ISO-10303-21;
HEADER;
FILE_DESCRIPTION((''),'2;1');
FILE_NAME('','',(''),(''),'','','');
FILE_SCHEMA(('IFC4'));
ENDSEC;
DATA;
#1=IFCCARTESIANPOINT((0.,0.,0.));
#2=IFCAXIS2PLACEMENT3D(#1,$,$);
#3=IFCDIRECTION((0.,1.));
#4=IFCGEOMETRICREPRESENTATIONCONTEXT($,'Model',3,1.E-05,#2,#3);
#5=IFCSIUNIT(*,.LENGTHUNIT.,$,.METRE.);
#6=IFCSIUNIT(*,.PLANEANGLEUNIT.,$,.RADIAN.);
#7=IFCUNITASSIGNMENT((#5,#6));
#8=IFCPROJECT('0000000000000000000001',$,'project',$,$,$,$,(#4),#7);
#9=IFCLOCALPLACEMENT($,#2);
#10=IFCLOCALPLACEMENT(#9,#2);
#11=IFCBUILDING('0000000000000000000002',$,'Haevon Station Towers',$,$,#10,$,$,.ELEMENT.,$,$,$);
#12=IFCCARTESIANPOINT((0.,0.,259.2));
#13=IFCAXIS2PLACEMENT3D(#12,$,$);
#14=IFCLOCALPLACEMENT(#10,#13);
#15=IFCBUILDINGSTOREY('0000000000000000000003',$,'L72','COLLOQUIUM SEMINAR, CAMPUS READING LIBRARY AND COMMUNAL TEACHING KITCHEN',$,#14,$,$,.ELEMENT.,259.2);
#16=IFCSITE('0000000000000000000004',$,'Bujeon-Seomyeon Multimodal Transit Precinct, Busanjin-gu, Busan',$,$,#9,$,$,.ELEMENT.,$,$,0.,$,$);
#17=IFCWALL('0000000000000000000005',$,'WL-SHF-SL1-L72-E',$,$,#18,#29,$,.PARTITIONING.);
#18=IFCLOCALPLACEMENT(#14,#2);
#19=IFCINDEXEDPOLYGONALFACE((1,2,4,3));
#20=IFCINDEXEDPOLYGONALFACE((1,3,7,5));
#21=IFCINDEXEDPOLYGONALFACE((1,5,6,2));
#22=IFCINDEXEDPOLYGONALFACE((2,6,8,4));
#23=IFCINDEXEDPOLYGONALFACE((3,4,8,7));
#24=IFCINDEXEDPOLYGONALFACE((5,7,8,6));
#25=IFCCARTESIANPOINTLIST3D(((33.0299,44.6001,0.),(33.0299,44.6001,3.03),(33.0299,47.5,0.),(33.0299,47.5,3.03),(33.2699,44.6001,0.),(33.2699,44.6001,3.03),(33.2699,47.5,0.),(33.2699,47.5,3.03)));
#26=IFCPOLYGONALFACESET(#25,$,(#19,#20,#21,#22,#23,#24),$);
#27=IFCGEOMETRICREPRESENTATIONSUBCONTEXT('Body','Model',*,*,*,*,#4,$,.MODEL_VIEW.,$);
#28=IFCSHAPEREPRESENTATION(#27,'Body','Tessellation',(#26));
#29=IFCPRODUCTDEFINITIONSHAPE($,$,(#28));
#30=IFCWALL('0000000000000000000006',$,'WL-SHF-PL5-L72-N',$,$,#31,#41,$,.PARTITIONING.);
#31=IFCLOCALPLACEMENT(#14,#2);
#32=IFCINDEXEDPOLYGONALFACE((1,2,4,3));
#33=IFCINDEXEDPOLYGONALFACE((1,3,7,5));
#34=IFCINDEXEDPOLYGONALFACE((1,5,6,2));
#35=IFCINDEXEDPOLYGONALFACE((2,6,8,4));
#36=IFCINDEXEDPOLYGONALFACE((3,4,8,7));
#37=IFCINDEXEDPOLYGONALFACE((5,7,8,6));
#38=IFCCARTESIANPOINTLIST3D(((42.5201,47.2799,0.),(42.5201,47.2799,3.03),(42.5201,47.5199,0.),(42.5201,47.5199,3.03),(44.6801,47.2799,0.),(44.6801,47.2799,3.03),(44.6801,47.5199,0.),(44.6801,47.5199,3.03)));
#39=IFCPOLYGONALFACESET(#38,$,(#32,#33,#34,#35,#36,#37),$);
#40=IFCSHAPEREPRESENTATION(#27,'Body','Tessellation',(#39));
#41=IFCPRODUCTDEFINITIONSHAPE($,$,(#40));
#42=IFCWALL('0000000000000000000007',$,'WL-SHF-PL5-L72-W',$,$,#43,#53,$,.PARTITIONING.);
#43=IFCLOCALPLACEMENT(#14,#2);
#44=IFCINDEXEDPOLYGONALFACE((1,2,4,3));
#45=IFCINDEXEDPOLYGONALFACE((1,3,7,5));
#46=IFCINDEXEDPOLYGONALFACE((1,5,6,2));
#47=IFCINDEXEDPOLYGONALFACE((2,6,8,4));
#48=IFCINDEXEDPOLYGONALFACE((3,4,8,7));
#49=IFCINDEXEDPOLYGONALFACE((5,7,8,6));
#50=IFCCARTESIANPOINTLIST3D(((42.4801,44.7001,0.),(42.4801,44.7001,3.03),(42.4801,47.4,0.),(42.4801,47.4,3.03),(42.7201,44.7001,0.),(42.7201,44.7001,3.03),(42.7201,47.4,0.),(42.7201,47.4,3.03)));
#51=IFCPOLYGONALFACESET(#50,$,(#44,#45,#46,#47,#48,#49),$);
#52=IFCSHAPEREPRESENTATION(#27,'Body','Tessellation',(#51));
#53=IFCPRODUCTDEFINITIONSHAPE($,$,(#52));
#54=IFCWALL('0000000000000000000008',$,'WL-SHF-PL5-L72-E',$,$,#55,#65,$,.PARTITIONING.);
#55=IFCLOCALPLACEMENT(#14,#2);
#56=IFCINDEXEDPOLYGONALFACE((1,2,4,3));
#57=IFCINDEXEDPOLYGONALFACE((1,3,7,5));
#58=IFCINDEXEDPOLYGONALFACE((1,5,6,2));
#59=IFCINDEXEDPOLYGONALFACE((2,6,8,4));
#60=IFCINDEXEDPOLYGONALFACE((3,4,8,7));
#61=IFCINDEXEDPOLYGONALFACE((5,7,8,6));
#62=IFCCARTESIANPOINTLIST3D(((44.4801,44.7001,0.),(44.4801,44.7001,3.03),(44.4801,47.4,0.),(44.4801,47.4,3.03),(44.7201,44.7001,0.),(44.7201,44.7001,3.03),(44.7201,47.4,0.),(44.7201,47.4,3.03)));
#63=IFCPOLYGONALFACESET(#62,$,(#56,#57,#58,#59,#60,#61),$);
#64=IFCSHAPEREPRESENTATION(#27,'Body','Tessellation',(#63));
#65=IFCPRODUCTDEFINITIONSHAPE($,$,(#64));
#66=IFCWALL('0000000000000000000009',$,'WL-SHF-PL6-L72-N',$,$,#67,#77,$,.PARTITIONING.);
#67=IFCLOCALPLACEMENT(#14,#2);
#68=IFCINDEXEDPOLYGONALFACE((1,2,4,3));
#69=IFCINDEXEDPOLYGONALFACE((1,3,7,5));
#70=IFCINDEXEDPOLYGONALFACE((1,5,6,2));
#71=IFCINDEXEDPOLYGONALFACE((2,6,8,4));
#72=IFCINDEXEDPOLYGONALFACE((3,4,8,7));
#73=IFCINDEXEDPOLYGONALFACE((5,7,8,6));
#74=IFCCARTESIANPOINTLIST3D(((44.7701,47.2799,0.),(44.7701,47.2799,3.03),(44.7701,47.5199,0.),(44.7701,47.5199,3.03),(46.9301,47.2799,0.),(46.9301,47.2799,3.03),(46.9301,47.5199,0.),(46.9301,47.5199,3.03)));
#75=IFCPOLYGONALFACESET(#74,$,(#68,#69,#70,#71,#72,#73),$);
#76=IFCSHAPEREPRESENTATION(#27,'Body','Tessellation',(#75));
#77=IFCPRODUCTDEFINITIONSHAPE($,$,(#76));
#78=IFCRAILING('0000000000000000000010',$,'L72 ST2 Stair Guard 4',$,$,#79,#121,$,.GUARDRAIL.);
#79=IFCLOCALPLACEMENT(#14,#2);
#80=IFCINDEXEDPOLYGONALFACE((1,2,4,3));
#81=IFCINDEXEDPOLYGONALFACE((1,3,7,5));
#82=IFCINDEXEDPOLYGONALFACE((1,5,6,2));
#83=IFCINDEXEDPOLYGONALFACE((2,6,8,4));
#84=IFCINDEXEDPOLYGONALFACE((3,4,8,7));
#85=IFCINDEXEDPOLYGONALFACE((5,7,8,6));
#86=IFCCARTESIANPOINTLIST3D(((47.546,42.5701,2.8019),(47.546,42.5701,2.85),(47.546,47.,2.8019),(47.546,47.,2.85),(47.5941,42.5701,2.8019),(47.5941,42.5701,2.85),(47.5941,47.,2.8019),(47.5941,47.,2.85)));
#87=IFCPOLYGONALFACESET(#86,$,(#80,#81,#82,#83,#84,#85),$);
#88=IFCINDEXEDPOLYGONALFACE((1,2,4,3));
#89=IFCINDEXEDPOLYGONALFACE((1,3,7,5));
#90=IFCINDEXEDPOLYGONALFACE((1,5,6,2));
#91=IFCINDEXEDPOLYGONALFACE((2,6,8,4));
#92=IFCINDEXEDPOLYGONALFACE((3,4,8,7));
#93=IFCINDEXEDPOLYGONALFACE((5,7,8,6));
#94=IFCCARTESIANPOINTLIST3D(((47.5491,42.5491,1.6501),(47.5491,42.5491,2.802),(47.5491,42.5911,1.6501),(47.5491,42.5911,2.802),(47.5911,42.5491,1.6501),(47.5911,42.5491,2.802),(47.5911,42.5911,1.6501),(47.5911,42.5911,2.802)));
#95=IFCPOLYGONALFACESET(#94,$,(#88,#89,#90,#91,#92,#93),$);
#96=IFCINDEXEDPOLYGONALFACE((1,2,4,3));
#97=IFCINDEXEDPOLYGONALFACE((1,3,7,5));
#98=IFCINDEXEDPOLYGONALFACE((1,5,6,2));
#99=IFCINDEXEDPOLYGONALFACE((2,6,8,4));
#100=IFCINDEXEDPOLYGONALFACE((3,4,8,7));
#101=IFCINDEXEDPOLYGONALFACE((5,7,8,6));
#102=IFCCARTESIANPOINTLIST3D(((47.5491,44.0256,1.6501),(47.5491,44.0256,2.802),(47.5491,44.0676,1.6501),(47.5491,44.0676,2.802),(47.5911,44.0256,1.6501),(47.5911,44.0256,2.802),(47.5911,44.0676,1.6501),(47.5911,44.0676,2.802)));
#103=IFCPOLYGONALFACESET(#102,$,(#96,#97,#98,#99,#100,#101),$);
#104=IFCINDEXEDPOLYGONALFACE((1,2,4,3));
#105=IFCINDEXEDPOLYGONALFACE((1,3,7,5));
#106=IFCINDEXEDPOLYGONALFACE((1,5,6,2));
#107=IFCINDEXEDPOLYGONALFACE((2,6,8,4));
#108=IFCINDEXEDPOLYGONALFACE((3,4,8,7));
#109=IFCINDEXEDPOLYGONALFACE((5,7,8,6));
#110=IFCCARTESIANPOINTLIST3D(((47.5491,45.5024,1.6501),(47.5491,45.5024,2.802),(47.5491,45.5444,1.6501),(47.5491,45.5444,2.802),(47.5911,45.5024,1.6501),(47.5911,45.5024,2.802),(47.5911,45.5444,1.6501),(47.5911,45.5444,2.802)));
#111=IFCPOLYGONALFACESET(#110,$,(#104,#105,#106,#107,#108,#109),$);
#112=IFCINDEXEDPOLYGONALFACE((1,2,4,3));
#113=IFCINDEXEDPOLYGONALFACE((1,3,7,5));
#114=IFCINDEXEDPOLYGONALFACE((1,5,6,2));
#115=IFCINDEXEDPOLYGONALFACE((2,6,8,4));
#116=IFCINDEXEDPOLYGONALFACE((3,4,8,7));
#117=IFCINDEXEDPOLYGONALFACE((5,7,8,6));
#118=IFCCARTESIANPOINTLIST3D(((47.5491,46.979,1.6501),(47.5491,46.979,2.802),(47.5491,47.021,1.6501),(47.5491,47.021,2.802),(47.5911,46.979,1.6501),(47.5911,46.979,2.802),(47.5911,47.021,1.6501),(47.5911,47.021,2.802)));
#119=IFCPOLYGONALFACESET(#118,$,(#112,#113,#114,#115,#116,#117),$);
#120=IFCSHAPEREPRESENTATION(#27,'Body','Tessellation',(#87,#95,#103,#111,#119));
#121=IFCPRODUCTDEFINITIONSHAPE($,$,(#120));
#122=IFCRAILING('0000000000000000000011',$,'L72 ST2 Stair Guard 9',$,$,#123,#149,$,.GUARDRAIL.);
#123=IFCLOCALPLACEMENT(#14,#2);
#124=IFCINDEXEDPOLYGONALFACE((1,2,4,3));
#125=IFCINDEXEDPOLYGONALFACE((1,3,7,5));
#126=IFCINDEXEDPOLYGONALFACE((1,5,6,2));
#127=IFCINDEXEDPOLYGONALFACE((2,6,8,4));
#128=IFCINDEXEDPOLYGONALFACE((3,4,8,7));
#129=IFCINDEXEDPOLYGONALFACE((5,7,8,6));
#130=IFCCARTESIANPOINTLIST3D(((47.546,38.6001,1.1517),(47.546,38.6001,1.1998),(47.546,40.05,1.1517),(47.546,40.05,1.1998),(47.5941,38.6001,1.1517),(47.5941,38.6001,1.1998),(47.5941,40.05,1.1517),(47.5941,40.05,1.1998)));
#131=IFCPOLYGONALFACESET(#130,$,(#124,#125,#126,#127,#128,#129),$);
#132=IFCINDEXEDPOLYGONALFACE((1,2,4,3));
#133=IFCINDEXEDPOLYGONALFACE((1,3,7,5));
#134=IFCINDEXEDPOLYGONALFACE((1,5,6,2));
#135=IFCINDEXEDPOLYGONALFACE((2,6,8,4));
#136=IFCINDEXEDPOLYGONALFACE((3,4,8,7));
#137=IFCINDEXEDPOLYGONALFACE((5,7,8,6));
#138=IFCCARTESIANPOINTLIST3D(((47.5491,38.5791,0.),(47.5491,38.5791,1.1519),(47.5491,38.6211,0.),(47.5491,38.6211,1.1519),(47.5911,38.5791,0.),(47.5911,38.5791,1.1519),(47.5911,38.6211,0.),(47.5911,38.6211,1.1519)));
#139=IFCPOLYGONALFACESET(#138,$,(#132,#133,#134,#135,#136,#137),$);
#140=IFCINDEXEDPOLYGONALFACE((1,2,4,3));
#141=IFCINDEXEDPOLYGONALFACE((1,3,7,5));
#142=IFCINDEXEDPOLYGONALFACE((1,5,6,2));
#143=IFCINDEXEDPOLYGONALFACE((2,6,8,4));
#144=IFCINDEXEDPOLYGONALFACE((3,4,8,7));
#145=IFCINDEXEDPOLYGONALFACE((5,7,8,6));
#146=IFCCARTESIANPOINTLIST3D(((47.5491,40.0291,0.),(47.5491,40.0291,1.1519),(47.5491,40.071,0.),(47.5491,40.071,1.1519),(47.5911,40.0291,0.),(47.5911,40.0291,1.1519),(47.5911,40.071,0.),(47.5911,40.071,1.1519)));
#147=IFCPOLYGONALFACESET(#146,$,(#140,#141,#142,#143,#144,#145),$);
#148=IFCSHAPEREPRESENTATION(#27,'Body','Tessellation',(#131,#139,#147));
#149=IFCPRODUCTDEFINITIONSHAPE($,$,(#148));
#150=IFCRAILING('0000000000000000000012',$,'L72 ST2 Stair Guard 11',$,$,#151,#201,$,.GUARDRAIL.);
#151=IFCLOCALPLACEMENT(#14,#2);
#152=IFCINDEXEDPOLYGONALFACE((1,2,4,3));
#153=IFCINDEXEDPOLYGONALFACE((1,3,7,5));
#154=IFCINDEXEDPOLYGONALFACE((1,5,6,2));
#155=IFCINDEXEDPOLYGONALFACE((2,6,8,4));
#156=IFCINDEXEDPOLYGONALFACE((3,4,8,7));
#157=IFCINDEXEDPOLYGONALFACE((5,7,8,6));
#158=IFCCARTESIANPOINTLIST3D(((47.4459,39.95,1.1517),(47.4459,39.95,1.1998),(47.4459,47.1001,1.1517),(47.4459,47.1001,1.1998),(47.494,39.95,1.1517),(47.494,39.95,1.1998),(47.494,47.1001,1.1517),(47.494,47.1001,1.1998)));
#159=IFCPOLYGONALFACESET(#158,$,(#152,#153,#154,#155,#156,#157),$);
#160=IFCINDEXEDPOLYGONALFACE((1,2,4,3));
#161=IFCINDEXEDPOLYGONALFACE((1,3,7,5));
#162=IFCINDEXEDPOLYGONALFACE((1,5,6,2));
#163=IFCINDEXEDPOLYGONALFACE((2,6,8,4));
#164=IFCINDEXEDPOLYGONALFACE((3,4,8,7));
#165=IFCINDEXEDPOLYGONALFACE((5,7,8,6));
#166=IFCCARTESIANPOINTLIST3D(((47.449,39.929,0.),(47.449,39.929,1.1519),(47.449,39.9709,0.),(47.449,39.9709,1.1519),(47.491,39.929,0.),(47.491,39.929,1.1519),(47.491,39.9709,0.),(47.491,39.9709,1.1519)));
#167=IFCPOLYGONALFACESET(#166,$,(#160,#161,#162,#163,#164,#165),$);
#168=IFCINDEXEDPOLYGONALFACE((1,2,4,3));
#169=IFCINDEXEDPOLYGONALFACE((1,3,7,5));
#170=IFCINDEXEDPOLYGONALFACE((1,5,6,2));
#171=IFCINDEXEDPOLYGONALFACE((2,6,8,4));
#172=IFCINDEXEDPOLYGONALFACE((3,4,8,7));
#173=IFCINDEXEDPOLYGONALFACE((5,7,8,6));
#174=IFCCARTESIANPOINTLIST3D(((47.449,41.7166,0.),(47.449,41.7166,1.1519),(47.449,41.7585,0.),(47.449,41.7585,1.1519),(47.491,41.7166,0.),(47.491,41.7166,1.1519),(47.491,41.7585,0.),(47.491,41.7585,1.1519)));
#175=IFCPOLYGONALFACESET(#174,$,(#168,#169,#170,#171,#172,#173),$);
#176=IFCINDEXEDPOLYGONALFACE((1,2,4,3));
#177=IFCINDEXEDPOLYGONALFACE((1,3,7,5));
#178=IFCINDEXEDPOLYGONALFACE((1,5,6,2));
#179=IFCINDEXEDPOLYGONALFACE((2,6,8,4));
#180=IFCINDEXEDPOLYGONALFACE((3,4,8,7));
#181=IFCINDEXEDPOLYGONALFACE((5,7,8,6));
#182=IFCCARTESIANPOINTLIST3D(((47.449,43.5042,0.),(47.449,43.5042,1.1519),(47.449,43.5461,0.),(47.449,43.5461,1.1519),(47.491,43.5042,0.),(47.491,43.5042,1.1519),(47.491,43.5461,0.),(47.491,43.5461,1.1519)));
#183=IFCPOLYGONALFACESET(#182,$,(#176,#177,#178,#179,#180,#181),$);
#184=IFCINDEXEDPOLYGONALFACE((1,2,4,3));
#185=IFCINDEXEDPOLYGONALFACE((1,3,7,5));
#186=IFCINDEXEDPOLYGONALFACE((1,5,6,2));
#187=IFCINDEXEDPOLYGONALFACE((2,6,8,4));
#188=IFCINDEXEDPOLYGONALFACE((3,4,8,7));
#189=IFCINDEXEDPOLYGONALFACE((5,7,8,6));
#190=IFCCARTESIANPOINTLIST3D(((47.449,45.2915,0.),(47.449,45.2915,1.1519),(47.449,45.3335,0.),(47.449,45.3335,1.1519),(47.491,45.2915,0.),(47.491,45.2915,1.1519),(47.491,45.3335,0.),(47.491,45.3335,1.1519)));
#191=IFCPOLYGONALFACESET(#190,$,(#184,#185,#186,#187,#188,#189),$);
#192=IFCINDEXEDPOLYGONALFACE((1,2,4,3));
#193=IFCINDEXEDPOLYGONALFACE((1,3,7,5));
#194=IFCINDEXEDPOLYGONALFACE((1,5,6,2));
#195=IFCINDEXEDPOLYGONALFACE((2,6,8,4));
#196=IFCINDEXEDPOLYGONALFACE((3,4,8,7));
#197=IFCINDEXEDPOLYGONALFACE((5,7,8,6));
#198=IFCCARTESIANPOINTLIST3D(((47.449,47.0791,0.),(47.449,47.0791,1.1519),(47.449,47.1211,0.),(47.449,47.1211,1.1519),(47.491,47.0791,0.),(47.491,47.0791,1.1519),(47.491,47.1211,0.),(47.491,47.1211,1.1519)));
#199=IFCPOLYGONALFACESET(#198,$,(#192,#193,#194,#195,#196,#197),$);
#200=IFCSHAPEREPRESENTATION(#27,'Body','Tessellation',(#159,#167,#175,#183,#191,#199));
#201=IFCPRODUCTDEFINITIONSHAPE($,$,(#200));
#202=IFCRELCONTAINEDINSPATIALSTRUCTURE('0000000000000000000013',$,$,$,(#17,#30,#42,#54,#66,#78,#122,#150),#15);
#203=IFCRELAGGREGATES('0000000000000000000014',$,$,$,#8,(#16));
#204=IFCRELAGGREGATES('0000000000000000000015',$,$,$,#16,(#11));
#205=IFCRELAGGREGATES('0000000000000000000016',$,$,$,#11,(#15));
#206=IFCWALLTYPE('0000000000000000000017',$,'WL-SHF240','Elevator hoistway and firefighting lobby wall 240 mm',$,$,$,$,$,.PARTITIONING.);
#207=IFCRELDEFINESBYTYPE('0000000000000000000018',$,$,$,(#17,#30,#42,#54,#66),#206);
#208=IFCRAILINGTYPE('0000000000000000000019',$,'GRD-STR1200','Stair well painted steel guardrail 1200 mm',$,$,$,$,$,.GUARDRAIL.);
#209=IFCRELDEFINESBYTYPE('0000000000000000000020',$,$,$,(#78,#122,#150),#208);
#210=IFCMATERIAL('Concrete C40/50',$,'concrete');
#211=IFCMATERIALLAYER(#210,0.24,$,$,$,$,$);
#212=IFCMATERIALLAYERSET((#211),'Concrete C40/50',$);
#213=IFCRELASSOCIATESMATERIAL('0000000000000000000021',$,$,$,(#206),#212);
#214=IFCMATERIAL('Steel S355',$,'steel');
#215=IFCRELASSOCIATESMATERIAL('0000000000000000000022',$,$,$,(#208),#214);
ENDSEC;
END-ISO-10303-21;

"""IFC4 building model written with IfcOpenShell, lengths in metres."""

from ifc_helpers import new_model, si_unit, direction, frame, frame_2d, origin, origin_2d, place, context, subcontext, project, spatial, rectangle, extrude, material, layer, layer_set, type_object, element, save


model = new_model("IFC4")

# Units and contexts
model_context = context("Model", 3, precision=1e-05, world=origin(), true_north=direction((0.0, 1.0)))
body_context = subcontext(model_context, "Body", "Model", "MODEL_VIEW")
ifc_project = project(units=[si_unit("LENGTHUNIT", "METRE"), si_unit("PLANEANGLEUNIT", "RADIAN")], contexts=[model_context])

# Site, building, storey
site_placement = place(None, origin())
site = spatial("IfcSite", under=ifc_project, at=site_placement, Name="Bujeon-Seomyeon Multimodal Transit Precinct, Busanjin-gu, Busan", CompositionType="ELEMENT", RefElevation=0.0)
building_placement = place(site_placement, origin())
building = spatial("IfcBuilding", under=site, at=building_placement, Name="Haevon Station Towers", CompositionType="ELEMENT")
storey_placement = place(building_placement, frame((0.0, 0.0, 259.2)))
storey = spatial("IfcBuildingStorey", under=building, at=storey_placement, Name="L72", Description="COLLOQUIUM SEMINAR, CAMPUS READING LIBRARY AND COMMUNAL TEACHING KITCHEN", CompositionType="ELEMENT", Elevation=259.2)

# Shared definitions
ifc_material_1 = material(Name="Steel S355", Category="steel")

# Wall
ifc_material_2 = material(Name="Concrete C40/50", Category="concrete")
ifc_layer_1 = layer(ifc_material_2, 0.24)
ifc_layer_set_1 = layer_set([ifc_layer_1], Name="Concrete C40/50")
wall_type_1 = type_object("IfcWallType", Name="WL-SHF240", Description="Elevator hoistway and firefighting lobby wall 240 mm", PredefinedType="PARTITIONING", material=ifc_layer_set_1)
for number, where, z_axis, x_axis, name in (
    (1, (33.1499, 44.6001, 0.0), (0.0, 0.0, 1.0), (0.0, 1.0, 0.0), "WL-SHF-SL1-L72-E"),
):
    element("IfcWall", number, at=place(storey_placement, frame(where, z_axis=z_axis, x_axis=x_axis)), inside=storey, type_object=wall_type_1, Name=name, PredefinedType="PARTITIONING", context=body_context, shape_type="SweptSolid", body=[
        extrude(rectangle(XDim=2.8999, YDim=0.24, at=frame_2d((1.45, 0.0))), origin(), (0.0, 0.0, 1.0), 3.03),
    ])

# Walls
wall_1_placement = place(storey_placement, frame((42.52, 47.3999, 0.0), z_axis=(0.0, 0.0, 1.0), x_axis=(1.0, 0.0, 0.0)))
element("IfcWall", 2, at=wall_1_placement, inside=storey, type_object=wall_type_1, Name="WL-SHF-PL5-L72-N", PredefinedType="PARTITIONING", context=body_context, shape_type="SweptSolid", body=[
    extrude(rectangle(XDim=2.1599, YDim=0.24, at=frame_2d((1.0801, 0.0))), origin(), (0.0, 0.0, 1.0), 3.03),
])
for number, where, z_axis, x_axis, name in (
    (3, (42.6001, 44.7, 0.0), (0.0, 0.0, 1.0), (0.0, 1.0, 0.0), "WL-SHF-PL5-L72-W"),
    (4, (44.6001, 44.7, 0.0), (0.0, 0.0, 1.0), (0.0, 1.0, 0.0), "WL-SHF-PL5-L72-E"),
):
    element("IfcWall", number, at=place(storey_placement, frame(where, z_axis=z_axis, x_axis=x_axis)), inside=storey, type_object=wall_type_1, Name=name, PredefinedType="PARTITIONING", context=body_context, shape_type="SweptSolid", body=[
        extrude(rectangle(XDim=2.7, YDim=0.24, at=frame_2d((1.3501, 0.0))), origin(), (0.0, 0.0, 1.0), 3.03),
    ])

# Wall
wall_2_placement = place(storey_placement, frame((44.77, 47.3999, 0.0), z_axis=(0.0, 0.0, 1.0), x_axis=(1.0, 0.0, 0.0)))
element("IfcWall", 5, at=wall_2_placement, inside=storey, type_object=wall_type_1, Name="WL-SHF-PL6-L72-N", PredefinedType="PARTITIONING", context=body_context, shape_type="SweptSolid", body=[
    extrude(rectangle(XDim=2.1599, YDim=0.24, at=frame_2d((1.0801, 0.0))), origin(), (0.0, 0.0, 1.0), 3.03),
])

# Railings
railing_type_1 = type_object("IfcRailingType", Name="GRD-STR1200", Description="Stair well painted steel guardrail 1200 mm", PredefinedType="GUARDRAIL", material=ifc_material_1)
railing_1_placement = place(storey_placement, frame((47.5701, 42.5701, 1.6501)))
element("IfcRailing", 6, at=railing_1_placement, inside=storey, type_object=railing_type_1, Name="L72 ST2 Stair Guard 4", PredefinedType="GUARDRAIL", context=body_context, shape_type="SweptSolid", body=[
    extrude(rectangle(XDim=0.0481, YDim=0.0481, at=origin_2d()), frame((0.0, 0.0, 1.1758), z_axis=(0.0, 1.0, 0.0), x_axis=(-1.0, 0.0, 0.0)), (0.0, 0.0, 1.0), 4.4299),
    extrude(rectangle(XDim=0.042, YDim=0.042, at=origin_2d()), origin(), (0.0, 0.0, 1.0), 1.1519),
    extrude(rectangle(XDim=0.042, YDim=0.042, at=origin_2d()), frame((0.0, 1.4766, 0.0)), (0.0, 0.0, 1.0), 1.1519),
    extrude(rectangle(XDim=0.042, YDim=0.042, at=origin_2d()), frame((0.0, 2.9534, 0.0)), (0.0, 0.0, 1.0), 1.1519),
    extrude(rectangle(XDim=0.042, YDim=0.042, at=origin_2d()), frame((0.0, 4.4299, 0.0)), (0.0, 0.0, 1.0), 1.1519),
])
railing_2_placement = place(storey_placement, frame((47.5701, 38.6001, 0.0)))
element("IfcRailing", 7, at=railing_2_placement, inside=storey, type_object=railing_type_1, Name="L72 ST2 Stair Guard 9", PredefinedType="GUARDRAIL", context=body_context, shape_type="SweptSolid", body=[
    extrude(rectangle(XDim=0.0481, YDim=0.0481, at=origin_2d()), frame((0.0, 0.0, 1.1758), z_axis=(0.0, 1.0, 0.0), x_axis=(-1.0, 0.0, 0.0)), (0.0, 0.0, 1.0), 1.45),
    extrude(rectangle(XDim=0.042, YDim=0.042, at=origin_2d()), origin(), (0.0, 0.0, 1.0), 1.1519),
    extrude(rectangle(XDim=0.042, YDim=0.042, at=origin_2d()), frame((0.0, 1.45, 0.0)), (0.0, 0.0, 1.0), 1.1519),
])
railing_3_placement = place(storey_placement, frame((47.47, 39.95, 0.0)))
element("IfcRailing", 8, at=railing_3_placement, inside=storey, type_object=railing_type_1, Name="L72 ST2 Stair Guard 11", PredefinedType="GUARDRAIL", context=body_context, shape_type="SweptSolid", body=[
    extrude(rectangle(XDim=0.0481, YDim=0.0481, at=origin_2d()), frame((0.0, 0.0, 1.1758), z_axis=(0.0, 1.0, 0.0), x_axis=(-1.0, 0.0, 0.0)), (0.0, 0.0, 1.0), 7.1501),
    extrude(rectangle(XDim=0.042, YDim=0.042, at=origin_2d()), origin(), (0.0, 0.0, 1.0), 1.1519),
    extrude(rectangle(XDim=0.042, YDim=0.042, at=origin_2d()), frame((0.0, 1.7876, 0.0)), (0.0, 0.0, 1.0), 1.1519),
    extrude(rectangle(XDim=0.042, YDim=0.042, at=origin_2d()), frame((0.0, 3.5752, 0.0)), (0.0, 0.0, 1.0), 1.1519),
    extrude(rectangle(XDim=0.042, YDim=0.042, at=origin_2d()), frame((0.0, 5.3625, 0.0)), (0.0, 0.0, 1.0), 1.1519),
    extrude(rectangle(XDim=0.042, YDim=0.042, at=origin_2d()), frame((0.0, 7.1501, 0.0)), (0.0, 0.0, 1.0), 1.1519),
])

save(model, "model.ifc")
